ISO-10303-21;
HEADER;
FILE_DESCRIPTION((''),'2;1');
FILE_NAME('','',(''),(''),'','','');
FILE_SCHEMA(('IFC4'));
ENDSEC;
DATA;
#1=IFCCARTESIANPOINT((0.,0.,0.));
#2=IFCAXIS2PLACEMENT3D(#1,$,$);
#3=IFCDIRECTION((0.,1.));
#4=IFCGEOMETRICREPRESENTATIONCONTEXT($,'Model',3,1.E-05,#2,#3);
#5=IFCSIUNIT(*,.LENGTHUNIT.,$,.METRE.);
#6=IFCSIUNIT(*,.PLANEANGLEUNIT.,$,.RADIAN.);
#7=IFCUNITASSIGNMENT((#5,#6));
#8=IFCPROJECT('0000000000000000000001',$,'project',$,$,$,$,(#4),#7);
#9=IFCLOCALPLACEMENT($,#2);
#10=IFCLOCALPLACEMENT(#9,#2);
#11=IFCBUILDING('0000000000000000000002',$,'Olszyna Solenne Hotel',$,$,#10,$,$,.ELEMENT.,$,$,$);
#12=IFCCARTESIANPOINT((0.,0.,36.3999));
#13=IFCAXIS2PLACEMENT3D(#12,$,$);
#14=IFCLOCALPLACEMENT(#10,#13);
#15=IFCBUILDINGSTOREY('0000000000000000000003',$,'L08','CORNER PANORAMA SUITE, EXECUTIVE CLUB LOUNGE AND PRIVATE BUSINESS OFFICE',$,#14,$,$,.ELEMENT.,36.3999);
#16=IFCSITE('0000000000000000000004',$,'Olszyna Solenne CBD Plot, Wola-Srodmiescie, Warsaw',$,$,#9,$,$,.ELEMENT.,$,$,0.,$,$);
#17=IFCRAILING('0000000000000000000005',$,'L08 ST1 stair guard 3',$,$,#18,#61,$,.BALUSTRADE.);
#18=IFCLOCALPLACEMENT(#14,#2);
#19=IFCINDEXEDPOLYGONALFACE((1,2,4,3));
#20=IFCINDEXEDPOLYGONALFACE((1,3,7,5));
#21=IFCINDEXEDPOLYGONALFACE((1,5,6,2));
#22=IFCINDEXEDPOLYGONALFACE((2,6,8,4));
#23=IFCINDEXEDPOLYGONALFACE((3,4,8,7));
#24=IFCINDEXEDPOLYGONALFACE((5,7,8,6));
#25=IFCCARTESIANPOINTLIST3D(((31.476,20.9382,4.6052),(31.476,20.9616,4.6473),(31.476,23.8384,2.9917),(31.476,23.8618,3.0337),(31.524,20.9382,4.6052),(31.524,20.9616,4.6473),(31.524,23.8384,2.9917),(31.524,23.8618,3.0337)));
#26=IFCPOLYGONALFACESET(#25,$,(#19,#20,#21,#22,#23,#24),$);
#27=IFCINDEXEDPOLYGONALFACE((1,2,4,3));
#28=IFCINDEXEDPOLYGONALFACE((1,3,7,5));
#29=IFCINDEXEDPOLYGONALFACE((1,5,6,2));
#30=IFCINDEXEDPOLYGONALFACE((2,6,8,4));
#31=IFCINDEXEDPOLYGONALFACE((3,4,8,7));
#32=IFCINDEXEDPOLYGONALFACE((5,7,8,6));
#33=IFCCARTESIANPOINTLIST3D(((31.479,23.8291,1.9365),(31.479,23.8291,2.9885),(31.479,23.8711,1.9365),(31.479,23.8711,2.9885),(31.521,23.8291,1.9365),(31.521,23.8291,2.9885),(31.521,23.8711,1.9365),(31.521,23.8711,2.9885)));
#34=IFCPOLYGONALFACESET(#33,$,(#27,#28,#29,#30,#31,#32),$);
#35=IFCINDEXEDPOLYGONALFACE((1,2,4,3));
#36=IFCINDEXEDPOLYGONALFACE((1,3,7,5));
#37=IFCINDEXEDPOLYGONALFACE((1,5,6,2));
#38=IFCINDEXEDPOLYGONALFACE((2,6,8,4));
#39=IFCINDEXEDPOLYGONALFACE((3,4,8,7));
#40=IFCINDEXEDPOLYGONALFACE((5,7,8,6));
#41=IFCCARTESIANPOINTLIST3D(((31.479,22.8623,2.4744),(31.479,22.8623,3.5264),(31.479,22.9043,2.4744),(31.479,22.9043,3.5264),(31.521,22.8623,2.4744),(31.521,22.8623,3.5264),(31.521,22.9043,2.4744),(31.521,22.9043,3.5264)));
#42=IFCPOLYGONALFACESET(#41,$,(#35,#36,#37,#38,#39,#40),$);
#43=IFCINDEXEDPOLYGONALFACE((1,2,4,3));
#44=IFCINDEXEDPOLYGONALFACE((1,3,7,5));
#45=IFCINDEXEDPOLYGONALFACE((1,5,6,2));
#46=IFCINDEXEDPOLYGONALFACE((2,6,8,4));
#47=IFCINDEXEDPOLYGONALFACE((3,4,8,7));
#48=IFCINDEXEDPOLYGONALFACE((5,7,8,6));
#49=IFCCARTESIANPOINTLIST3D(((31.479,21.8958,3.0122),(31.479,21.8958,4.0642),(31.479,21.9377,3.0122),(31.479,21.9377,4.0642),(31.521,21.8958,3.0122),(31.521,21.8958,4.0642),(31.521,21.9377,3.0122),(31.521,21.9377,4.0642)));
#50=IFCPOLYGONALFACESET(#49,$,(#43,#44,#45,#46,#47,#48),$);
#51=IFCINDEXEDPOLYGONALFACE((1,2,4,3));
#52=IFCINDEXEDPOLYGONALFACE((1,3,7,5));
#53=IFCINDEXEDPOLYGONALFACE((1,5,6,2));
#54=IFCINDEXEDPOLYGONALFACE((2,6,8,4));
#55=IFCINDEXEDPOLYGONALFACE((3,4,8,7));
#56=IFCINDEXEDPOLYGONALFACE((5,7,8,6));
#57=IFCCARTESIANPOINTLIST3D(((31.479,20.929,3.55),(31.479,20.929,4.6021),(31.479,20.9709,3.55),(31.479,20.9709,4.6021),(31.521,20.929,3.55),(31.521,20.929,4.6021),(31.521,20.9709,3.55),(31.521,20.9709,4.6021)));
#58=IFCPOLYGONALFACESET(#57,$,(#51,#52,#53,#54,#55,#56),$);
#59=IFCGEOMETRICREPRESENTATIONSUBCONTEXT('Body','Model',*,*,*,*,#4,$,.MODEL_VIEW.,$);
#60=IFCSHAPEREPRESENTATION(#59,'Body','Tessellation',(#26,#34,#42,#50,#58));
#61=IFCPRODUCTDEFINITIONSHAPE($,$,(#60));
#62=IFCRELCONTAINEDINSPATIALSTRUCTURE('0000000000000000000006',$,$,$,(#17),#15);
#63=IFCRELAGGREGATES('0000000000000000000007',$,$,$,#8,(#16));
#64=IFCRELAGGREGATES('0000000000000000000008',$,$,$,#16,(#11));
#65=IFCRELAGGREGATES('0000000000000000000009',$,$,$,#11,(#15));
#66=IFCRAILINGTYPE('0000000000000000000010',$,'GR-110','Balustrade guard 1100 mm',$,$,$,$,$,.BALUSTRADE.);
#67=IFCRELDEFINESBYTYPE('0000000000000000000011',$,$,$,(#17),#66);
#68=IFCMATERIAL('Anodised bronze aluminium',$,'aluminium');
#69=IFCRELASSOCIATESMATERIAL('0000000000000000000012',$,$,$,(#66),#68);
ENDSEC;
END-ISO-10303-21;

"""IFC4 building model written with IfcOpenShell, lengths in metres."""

from ifc_helpers import new_model, si_unit, direction, frame, origin, origin_2d, place, context, subcontext, project, spatial, rectangle, extrude, material, type_object, element, save


model = new_model("IFC4")

# Units and contexts
model_context = context("Model", 3, precision=1e-05, world=origin(), true_north=direction((0.0, 1.0)))
body_context = subcontext(model_context, "Body", "Model", "MODEL_VIEW")
ifc_project = project(units=[si_unit("LENGTHUNIT", "METRE"), si_unit("PLANEANGLEUNIT", "RADIAN")], contexts=[model_context])

# Site, building, storey
site_placement = place(None, origin())
site = spatial("IfcSite", under=ifc_project, at=site_placement, Name="Olszyna Solenne CBD Plot, Wola-Srodmiescie, Warsaw", CompositionType="ELEMENT", RefElevation=0.0)
building_placement = place(site_placement, origin())
building = spatial("IfcBuilding", under=site, at=building_placement, Name="Olszyna Solenne Hotel", CompositionType="ELEMENT")
storey_placement = place(building_placement, frame((0.0, 0.0, 36.3999)))
storey = spatial("IfcBuildingStorey", under=building, at=storey_placement, Name="L08", Description="CORNER PANORAMA SUITE, EXECUTIVE CLUB LOUNGE AND PRIVATE BUSINESS OFFICE", CompositionType="ELEMENT", Elevation=36.3999)

# Railing
ifc_material_1 = material(Name="Anodised bronze aluminium", Category="aluminium")
railing_type = type_object("IfcRailingType", Name="GR-110", Description="Balustrade guard 1100 mm", PredefinedType="BALUSTRADE", material=ifc_material_1)
railing_1_placement = place(storey_placement, frame((31.5, 23.8501, 1.9365)))
element("IfcRailing", 1, at=railing_1_placement, inside=storey, type_object=railing_type, Name="L08 ST1 stair guard 3", PredefinedType="BALUSTRADE", context=body_context, shape_type="SweptSolid", body=[
    extrude(rectangle(XDim=0.0481, YDim=0.0481, at=origin_2d()), frame((0.0, 0.0, 1.0762), z_axis=(0.0, -0.873859, 0.48618), x_axis=(1.0, 0.0, 0.0)), (0.0, 0.0, 1.0), 3.3188),
    extrude(rectangle(XDim=0.042, YDim=0.042, at=origin_2d()), origin(), (0.0, 0.0, 1.0), 1.052),
    extrude(rectangle(XDim=0.042, YDim=0.042, at=origin_2d()), frame((0.0, -0.9668, 0.5378)), (0.0, 0.0, 1.0), 1.052),
    extrude(rectangle(XDim=0.042, YDim=0.042, at=origin_2d()), frame((0.0, -1.9333, 1.0757)), (0.0, 0.0, 1.0), 1.052),
    extrude(rectangle(XDim=0.042, YDim=0.042, at=origin_2d()), frame((0.0, -2.9001, 1.6135)), (0.0, 0.0, 1.0), 1.052),
])

save(model, "model.ifc")
